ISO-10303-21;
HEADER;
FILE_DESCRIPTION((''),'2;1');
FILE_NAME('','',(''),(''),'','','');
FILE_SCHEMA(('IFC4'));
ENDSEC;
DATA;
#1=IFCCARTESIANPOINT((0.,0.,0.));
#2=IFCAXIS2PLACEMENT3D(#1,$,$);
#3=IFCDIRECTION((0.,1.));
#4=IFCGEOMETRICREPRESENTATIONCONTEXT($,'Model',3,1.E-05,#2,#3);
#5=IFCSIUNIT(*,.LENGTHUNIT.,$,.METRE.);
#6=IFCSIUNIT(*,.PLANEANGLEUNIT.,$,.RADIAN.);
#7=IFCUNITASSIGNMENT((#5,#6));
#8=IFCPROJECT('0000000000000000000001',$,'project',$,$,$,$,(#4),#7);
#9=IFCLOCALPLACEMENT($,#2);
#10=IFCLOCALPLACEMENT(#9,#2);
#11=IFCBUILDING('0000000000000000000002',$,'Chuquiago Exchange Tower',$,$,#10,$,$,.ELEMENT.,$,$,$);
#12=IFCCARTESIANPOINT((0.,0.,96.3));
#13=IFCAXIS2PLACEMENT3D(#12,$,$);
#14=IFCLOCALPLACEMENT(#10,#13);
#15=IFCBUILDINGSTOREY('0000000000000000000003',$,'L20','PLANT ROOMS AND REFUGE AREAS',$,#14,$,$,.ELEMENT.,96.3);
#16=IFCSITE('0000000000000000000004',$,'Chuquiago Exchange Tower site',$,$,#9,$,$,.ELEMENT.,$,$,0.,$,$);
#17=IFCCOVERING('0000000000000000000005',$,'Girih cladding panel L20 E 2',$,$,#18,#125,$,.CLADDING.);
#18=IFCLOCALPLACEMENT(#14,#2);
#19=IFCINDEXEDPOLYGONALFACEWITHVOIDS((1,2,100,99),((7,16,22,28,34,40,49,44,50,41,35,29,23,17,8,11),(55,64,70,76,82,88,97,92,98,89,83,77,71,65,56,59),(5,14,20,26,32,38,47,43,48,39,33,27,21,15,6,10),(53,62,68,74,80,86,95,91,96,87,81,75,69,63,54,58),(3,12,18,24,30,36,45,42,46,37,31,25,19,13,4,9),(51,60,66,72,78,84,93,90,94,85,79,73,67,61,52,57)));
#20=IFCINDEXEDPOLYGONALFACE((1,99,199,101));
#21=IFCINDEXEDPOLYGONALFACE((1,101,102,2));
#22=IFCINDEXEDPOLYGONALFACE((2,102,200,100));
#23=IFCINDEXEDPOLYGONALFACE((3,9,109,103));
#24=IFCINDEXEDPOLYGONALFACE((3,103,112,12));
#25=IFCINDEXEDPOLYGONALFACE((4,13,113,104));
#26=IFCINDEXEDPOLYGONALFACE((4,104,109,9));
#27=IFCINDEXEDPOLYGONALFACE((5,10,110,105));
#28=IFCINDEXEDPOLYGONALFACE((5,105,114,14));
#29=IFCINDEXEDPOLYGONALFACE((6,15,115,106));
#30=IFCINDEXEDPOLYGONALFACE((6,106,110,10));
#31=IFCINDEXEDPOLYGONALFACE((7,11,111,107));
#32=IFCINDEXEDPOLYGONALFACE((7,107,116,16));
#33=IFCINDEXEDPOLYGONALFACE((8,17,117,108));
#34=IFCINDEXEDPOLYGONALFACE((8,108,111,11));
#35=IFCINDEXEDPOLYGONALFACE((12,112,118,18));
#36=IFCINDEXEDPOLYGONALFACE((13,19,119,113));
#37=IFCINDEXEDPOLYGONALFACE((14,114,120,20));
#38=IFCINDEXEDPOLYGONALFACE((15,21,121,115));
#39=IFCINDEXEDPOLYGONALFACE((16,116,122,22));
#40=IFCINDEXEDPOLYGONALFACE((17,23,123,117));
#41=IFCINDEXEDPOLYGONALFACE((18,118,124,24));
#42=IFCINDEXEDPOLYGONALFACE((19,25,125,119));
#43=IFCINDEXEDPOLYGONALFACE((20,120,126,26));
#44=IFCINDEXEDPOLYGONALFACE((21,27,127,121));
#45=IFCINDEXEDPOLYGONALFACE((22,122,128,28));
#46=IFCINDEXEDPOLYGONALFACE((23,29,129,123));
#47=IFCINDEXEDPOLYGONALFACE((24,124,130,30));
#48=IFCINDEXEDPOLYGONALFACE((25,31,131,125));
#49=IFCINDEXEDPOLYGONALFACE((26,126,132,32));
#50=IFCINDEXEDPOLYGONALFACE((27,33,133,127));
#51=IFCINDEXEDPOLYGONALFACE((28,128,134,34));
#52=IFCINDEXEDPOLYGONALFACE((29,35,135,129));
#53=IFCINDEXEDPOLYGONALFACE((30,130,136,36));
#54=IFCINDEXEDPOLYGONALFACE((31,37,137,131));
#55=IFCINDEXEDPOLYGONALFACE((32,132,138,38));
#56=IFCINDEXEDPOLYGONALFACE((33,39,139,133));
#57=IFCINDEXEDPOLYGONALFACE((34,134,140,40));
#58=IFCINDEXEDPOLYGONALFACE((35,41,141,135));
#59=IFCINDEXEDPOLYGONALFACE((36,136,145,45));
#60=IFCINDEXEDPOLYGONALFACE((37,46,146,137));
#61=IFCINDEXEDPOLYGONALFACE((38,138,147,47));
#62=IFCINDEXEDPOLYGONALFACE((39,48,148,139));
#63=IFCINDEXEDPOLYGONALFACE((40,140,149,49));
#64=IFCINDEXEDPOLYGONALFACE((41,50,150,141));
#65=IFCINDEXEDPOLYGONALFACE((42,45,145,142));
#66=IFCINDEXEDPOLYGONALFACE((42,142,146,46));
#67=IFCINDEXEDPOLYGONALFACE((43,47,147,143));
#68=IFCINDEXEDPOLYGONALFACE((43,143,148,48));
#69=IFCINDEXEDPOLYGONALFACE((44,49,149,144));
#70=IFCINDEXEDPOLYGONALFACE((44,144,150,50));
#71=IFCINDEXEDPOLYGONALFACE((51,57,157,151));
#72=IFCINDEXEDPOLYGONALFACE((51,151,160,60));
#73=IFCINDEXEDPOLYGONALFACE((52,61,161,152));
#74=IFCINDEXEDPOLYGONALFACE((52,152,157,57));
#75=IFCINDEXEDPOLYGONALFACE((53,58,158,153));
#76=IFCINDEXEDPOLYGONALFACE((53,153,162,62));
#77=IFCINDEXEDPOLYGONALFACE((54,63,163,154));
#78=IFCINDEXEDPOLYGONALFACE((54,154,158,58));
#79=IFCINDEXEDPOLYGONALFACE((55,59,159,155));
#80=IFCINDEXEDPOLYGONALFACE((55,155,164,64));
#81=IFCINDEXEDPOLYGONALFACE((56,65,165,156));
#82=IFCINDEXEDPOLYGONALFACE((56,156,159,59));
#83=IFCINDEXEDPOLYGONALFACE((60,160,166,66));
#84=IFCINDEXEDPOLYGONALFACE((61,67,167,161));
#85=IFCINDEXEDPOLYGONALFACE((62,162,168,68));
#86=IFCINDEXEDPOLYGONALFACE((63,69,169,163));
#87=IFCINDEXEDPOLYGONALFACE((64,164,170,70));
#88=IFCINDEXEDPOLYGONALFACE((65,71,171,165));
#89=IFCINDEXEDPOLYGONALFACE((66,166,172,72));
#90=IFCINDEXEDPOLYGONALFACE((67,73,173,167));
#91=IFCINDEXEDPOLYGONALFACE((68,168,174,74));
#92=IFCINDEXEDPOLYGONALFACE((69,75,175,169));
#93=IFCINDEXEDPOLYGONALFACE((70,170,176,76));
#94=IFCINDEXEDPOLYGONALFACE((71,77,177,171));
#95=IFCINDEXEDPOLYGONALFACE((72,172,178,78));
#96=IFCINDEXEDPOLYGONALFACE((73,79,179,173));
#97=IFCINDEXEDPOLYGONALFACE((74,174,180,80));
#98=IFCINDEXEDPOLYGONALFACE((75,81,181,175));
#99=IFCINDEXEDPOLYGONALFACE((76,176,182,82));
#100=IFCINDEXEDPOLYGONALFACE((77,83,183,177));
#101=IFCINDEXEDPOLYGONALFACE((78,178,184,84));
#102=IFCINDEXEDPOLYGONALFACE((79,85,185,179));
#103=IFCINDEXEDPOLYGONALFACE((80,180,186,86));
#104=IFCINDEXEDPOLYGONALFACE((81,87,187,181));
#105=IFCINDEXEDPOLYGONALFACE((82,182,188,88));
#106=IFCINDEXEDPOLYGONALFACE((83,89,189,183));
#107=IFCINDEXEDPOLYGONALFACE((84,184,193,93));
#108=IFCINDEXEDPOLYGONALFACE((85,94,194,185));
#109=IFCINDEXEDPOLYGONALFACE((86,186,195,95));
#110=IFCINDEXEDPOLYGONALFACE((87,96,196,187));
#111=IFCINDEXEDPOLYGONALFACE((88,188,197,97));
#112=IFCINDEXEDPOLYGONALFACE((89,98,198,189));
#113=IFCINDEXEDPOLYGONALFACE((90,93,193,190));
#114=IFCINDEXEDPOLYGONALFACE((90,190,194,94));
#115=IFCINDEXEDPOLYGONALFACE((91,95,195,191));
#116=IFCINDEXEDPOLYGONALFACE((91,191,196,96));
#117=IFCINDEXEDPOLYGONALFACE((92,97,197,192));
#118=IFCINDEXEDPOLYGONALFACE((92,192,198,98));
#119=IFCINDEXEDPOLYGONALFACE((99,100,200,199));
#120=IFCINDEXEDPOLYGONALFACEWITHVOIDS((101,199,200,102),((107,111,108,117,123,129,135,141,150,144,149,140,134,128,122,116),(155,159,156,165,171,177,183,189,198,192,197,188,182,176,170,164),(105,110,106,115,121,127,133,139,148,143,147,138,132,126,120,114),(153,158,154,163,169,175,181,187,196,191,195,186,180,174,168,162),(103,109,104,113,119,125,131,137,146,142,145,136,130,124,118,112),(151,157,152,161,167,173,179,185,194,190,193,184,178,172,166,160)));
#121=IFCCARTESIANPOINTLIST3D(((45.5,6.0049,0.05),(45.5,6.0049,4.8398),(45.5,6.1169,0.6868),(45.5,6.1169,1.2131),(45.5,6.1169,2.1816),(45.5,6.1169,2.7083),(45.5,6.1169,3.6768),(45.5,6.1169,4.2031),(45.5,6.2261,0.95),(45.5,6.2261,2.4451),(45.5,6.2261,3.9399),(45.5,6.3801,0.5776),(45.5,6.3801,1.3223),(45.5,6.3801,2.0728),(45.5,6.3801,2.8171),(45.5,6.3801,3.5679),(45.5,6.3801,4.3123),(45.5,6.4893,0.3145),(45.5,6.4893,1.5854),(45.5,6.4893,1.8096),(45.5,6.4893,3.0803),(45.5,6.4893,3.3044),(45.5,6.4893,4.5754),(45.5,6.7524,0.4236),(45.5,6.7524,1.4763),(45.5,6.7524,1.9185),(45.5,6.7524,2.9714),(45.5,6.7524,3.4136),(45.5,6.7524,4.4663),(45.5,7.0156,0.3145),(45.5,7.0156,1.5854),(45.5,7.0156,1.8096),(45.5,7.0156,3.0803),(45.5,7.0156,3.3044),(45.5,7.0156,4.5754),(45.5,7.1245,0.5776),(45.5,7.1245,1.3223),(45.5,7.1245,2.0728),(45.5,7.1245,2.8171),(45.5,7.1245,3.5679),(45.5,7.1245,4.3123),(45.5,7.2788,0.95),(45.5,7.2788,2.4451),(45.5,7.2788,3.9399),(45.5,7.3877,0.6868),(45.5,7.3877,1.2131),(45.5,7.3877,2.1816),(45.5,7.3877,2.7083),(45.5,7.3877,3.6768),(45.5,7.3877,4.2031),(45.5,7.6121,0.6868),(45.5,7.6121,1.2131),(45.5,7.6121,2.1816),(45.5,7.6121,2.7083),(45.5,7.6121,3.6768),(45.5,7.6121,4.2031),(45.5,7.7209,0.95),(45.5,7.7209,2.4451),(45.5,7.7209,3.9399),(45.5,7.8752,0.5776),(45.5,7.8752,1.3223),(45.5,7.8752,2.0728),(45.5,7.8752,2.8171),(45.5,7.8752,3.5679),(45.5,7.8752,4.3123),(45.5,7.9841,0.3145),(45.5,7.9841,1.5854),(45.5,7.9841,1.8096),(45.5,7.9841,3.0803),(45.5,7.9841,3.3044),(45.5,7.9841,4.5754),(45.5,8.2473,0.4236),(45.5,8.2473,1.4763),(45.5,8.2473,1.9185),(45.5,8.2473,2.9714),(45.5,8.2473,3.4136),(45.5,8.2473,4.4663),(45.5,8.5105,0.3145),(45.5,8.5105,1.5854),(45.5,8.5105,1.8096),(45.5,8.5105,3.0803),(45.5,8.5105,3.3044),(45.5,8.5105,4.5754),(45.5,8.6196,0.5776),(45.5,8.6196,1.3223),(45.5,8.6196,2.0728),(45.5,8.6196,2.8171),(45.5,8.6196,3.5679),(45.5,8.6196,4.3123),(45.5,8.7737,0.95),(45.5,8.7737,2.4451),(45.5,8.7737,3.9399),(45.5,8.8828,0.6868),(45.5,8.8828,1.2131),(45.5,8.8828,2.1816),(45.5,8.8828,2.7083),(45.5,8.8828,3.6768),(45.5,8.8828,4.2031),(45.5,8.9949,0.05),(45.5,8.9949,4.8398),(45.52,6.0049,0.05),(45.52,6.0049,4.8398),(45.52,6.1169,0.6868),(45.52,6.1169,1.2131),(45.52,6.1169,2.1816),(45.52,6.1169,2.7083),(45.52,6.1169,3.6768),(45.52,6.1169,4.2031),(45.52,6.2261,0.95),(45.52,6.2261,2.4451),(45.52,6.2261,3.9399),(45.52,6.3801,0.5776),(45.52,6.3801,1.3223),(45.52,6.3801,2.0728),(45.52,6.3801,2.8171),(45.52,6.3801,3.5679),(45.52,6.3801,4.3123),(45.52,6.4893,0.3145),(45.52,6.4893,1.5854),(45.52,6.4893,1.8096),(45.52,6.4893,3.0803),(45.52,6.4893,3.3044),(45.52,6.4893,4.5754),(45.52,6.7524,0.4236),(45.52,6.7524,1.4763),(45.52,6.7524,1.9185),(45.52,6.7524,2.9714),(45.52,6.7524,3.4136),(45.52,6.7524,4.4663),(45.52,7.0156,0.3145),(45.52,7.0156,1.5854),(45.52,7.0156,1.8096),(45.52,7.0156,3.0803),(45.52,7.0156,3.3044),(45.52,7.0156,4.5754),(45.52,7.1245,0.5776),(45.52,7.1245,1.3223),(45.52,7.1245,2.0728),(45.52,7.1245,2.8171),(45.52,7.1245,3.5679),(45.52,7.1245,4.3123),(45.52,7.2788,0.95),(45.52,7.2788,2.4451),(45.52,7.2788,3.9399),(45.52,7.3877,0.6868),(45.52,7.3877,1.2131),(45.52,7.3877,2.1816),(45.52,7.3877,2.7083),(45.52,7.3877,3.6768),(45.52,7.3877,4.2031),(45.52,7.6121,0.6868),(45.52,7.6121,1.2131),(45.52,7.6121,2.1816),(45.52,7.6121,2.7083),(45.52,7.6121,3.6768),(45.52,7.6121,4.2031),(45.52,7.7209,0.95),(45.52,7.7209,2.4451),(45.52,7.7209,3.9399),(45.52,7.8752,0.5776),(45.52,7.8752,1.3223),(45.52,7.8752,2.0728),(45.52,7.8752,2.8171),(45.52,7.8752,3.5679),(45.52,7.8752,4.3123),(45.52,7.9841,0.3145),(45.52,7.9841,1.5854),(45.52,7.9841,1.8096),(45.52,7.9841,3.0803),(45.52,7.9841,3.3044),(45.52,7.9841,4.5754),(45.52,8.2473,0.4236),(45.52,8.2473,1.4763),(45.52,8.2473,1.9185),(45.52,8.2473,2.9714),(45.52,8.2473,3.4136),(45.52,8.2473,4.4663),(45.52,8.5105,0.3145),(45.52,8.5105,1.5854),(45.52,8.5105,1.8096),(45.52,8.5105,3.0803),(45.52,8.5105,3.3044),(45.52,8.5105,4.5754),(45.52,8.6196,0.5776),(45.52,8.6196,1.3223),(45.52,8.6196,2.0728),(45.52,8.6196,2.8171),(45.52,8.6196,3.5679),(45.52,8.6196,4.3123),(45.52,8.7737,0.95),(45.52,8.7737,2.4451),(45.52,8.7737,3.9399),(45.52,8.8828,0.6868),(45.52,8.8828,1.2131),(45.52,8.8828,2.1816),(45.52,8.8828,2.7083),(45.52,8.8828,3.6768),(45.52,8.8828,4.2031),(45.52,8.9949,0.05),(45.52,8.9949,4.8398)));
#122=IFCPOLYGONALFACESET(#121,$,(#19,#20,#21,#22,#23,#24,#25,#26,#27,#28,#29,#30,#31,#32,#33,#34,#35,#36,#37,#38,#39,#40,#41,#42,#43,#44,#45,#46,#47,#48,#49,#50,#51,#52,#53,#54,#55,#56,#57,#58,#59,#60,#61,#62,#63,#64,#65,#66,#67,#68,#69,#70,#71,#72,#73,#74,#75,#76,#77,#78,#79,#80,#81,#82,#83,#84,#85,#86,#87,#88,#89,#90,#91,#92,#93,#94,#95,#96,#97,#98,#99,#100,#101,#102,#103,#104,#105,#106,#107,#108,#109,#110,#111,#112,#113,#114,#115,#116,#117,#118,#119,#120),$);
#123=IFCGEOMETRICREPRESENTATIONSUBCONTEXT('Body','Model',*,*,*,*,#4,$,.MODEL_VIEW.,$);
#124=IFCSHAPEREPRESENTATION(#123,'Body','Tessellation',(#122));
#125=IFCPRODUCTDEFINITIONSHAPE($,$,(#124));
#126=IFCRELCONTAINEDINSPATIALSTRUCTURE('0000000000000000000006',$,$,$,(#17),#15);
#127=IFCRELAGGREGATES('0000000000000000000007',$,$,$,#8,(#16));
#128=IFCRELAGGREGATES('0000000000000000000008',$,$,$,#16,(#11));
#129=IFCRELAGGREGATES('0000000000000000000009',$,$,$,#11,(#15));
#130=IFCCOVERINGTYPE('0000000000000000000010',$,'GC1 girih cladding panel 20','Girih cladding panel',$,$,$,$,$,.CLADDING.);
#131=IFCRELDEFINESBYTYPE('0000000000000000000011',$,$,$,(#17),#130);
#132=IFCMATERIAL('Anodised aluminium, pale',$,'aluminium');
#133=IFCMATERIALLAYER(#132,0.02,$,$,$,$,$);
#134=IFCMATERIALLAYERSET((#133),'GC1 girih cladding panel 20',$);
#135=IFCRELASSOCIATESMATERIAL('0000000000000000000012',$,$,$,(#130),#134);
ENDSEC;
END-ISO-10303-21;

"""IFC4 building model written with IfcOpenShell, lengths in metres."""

from ifc_helpers import new_model, si_unit, direction, frame, origin, place, context, subcontext, project, spatial, polyline, outline, extrude, material, layer, layer_set, type_object, element, save


model = new_model("IFC4")

# Units and contexts
model_context = context("Model", 3, precision=1e-05, world=origin(), true_north=direction((0.0, 1.0)))
body_context = subcontext(model_context, "Body", "Model", "MODEL_VIEW")
ifc_project = project(units=[si_unit("LENGTHUNIT", "METRE"), si_unit("PLANEANGLEUNIT", "RADIAN")], contexts=[model_context])

# Site, building, storey
site_placement = place(None, origin())
site = spatial("IfcSite", under=ifc_project, at=site_placement, Name="Chuquiago Exchange Tower site", CompositionType="ELEMENT", RefElevation=0.0)
building_placement = place(site_placement, origin())
building = spatial("IfcBuilding", under=site, at=building_placement, Name="Chuquiago Exchange Tower", CompositionType="ELEMENT")
storey_placement = place(building_placement, frame((0.0, 0.0, 96.3)))
storey = spatial("IfcBuildingStorey", under=building, at=storey_placement, Name="L20", Description="PLANT ROOMS AND REFUGE AREAS", CompositionType="ELEMENT", Elevation=96.3)

# Covering
ifc_material_1 = material(Name="Anodised aluminium, pale", Category="aluminium")
ifc_layer_1 = layer(ifc_material_1, 0.02)
ifc_layer_set_1 = layer_set([ifc_layer_1], Name="GC1 girih cladding panel 20")
covering_type = type_object("IfcCoveringType", Name="GC1 girih cladding panel 20", Description="Girih cladding panel", PredefinedType="CLADDING", material=ifc_layer_set_1)
covering_1_placement = place(storey_placement, frame((45.5, 6.0049, 0.05), z_axis=(0.0, 0.0, 1.0), x_axis=(0.0, 1.0, 0.0)))
element("IfcCovering", 1, at=covering_1_placement, inside=storey, type_object=covering_type, Name="Girih cladding panel L20 E 2", PredefinedType="CLADDING", context=body_context, shape_type="SweptSolid", body=[
    extrude(outline(polyline([(0.0, 0.0), (2.99, 0.0), (2.99, 4.7898), (0.0, 4.7898), (0.0, 0.0)]), holes=[polyline([(1.2739, 0.8999), (1.3828, 1.1631), (1.1196, 1.2722), (1.0107, 1.5354), (0.7476, 1.4263), (0.4844, 1.5354), (0.3752, 1.2722), (0.1121, 1.1631), (0.2212, 0.8999), (0.1121, 0.6367), (0.3752, 0.5276), (0.4844, 0.2644), (0.7476, 0.3735), (1.0107, 0.2644), (1.1196, 0.5276), (1.3828, 0.6367), (1.2739, 0.8999)]), polyline([(2.7688, 0.8999), (2.8779, 1.1631), (2.6147, 1.2722), (2.5056, 1.5354), (2.2424, 1.4263), (1.9792, 1.5354), (1.8704, 1.2722), (1.6072, 1.1631), (1.7161, 0.8999), (1.6072, 0.6367), (1.8704, 0.5276), (1.9792, 0.2644), (2.2424, 0.3735), (2.5056, 0.2644), (2.6147, 0.5276), (2.8779, 0.6367), (2.7688, 0.8999)]), polyline([(1.2739, 2.395), (1.3828, 2.6582), (1.1196, 2.7671), (1.0107, 3.0303), (0.7476, 2.9214), (0.4844, 3.0303), (0.3752, 2.7671), (0.1121, 2.6582), (0.2212, 2.395), (0.1121, 2.1316), (0.3752, 2.0227), (0.4844, 1.7595), (0.7476, 1.8684), (1.0107, 1.7595), (1.1196, 2.0227), (1.3828, 2.1316), (1.2739, 2.395)]), polyline([(2.7688, 2.395), (2.8779, 2.6582), (2.6147, 2.7671), (2.5056, 3.0303), (2.2424, 2.9214), (1.9792, 3.0303), (1.8704, 2.7671), (1.6072, 2.6582), (1.7161, 2.395), (1.6072, 2.1316), (1.8704, 2.0227), (1.9792, 1.7595), (2.2424, 1.8684), (2.5056, 1.7595), (2.6147, 2.0227), (2.8779, 2.1316), (2.7688, 2.395)]), polyline([(1.2739, 3.8899), (1.3828, 4.1531), (1.1196, 4.2622), (1.0107, 4.5254), (0.7476, 4.4163), (0.4844, 4.5254), (0.3752, 4.2622), (0.1121, 4.1531), (0.2212, 3.8899), (0.1121, 3.6267), (0.3752, 3.5178), (0.4844, 3.2544), (0.7476, 3.3635), (1.0107, 3.2544), (1.1196, 3.5178), (1.3828, 3.6267), (1.2739, 3.8899)]), polyline([(2.7688, 3.8899), (2.8779, 4.1531), (2.6147, 4.2622), (2.5056, 4.5254), (2.2424, 4.4163), (1.9792, 4.5254), (1.8704, 4.2622), (1.6072, 4.1531), (1.7161, 3.8899), (1.6072, 3.6267), (1.8704, 3.5178), (1.9792, 3.2544), (2.2424, 3.3635), (2.5056, 3.2544), (2.6147, 3.5178), (2.8779, 3.6267), (2.7688, 3.8899)])]), frame((0.0, 0.0, 0.0), z_axis=(0.0, -1.0, 0.0), x_axis=(1.0, 0.0, 0.0)), (0.0, 0.0, 1.0), 0.02),
])

save(model, "model.ifc")
